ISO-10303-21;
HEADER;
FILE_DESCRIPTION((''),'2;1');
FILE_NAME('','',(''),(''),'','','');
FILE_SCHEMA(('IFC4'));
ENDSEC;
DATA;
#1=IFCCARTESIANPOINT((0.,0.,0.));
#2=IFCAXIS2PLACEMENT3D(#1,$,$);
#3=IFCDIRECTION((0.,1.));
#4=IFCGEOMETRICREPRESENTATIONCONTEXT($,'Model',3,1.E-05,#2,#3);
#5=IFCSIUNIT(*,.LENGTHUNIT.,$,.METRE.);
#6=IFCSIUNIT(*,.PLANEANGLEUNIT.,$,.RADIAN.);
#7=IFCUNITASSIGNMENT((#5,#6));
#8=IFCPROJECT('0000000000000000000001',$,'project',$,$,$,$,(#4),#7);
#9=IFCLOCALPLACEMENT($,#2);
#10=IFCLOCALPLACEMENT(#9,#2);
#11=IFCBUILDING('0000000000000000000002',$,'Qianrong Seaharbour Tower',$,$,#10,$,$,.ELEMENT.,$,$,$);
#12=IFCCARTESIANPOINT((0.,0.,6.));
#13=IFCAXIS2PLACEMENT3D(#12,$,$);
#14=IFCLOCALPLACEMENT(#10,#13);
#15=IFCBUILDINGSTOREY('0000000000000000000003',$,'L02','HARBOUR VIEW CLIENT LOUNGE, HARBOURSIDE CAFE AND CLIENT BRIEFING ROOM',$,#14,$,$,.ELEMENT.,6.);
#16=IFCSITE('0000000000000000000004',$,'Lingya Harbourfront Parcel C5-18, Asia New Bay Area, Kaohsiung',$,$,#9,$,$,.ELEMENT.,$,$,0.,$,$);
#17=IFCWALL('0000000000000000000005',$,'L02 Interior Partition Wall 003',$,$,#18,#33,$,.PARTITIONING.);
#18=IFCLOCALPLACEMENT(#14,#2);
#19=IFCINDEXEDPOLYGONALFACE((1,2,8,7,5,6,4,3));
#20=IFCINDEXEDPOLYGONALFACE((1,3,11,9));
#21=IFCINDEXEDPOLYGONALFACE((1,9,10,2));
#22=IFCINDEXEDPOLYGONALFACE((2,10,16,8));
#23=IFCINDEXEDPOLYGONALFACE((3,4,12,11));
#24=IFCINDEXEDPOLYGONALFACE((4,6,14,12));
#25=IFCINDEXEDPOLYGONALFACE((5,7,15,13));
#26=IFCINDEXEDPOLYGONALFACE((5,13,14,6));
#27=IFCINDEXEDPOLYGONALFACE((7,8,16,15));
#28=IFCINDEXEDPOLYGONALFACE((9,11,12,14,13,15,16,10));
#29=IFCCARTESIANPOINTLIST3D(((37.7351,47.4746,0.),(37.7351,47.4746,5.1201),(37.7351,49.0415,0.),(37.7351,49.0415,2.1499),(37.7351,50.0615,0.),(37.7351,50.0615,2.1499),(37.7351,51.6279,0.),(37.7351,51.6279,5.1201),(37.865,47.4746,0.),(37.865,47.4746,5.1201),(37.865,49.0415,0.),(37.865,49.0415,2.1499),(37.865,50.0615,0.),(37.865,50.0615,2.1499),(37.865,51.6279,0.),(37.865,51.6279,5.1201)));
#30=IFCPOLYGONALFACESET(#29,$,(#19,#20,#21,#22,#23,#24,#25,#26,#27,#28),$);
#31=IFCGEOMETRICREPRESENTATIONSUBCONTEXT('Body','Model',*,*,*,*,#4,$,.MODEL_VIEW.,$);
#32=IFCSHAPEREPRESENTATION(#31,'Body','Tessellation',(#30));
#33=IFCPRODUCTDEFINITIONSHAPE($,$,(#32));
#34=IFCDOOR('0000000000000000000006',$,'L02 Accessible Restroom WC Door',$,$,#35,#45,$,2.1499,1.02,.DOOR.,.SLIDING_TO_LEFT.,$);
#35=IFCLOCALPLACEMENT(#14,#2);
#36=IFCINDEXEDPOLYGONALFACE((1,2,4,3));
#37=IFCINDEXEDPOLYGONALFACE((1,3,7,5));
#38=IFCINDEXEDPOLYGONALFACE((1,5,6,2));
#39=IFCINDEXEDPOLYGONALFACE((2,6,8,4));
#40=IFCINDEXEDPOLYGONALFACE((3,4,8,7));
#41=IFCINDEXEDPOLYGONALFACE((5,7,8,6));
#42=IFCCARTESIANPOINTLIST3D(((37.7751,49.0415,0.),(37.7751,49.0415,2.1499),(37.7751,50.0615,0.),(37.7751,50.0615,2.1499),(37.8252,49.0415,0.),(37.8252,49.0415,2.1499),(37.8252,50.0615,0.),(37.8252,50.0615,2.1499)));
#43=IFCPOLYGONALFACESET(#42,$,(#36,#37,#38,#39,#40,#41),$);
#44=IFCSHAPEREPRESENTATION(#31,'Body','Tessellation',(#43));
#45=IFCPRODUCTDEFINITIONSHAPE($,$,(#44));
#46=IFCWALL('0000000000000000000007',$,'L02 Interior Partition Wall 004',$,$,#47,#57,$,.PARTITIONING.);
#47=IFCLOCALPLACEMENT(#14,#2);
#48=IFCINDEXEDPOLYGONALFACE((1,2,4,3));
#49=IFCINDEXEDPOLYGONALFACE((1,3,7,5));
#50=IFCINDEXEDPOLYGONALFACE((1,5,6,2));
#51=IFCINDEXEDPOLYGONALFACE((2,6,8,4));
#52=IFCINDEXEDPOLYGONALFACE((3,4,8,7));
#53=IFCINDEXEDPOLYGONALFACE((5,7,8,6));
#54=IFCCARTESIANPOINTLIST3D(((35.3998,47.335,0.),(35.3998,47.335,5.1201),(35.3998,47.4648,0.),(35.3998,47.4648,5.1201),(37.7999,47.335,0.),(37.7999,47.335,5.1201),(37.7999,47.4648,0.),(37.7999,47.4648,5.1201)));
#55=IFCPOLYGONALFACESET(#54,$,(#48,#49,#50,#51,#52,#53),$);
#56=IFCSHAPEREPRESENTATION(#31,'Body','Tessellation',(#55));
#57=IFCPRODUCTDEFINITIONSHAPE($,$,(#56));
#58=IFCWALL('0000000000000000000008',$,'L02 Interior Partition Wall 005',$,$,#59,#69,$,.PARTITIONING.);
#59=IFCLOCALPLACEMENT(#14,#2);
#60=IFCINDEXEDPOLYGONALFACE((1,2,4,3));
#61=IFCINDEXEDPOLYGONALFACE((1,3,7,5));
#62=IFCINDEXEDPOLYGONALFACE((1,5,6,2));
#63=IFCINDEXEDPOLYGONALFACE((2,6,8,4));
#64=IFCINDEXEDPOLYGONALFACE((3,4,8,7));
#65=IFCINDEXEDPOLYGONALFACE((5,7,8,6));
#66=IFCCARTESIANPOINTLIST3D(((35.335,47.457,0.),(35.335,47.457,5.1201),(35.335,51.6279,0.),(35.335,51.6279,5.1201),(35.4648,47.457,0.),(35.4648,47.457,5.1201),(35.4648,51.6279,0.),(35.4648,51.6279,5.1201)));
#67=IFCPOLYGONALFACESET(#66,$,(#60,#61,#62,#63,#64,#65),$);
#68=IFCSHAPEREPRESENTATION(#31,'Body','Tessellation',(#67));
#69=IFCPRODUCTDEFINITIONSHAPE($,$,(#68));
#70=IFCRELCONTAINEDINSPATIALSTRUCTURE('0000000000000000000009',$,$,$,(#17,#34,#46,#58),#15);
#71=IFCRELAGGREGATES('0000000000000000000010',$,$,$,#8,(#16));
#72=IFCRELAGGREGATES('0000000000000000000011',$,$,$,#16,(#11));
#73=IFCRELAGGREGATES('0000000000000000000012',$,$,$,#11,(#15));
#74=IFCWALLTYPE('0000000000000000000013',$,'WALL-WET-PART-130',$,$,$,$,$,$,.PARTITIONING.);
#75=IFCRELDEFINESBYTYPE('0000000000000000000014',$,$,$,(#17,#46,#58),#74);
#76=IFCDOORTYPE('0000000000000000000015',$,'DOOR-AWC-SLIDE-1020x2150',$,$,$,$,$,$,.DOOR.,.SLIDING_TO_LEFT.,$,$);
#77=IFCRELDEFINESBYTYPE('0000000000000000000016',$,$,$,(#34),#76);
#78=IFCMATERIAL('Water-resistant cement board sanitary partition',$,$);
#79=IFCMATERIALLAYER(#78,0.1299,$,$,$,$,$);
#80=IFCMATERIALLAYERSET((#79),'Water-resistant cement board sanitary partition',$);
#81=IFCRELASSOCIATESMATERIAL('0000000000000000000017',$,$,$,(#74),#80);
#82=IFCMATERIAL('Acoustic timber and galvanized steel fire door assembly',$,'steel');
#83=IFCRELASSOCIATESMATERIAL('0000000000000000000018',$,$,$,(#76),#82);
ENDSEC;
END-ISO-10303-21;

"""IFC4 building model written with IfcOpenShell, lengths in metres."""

from ifc_helpers import new_model, si_unit, direction, frame, frame_2d, origin, place, context, subcontext, project, spatial, rectangle, extrude, material, layer, layer_set, type_object, element, fill, save


model = new_model("IFC4")

# Units and contexts
model_context = context("Model", 3, precision=1e-05, world=origin(), true_north=direction((0.0, 1.0)))
body_context = subcontext(model_context, "Body", "Model", "MODEL_VIEW")
ifc_project = project(units=[si_unit("LENGTHUNIT", "METRE"), si_unit("PLANEANGLEUNIT", "RADIAN")], contexts=[model_context])

# Site, building, storey
site_placement = place(None, origin())
site = spatial("IfcSite", under=ifc_project, at=site_placement, Name="Lingya Harbourfront Parcel C5-18, Asia New Bay Area, Kaohsiung", CompositionType="ELEMENT", RefElevation=0.0)
building_placement = place(site_placement, origin())
building = spatial("IfcBuilding", under=site, at=building_placement, Name="Qianrong Seaharbour Tower", CompositionType="ELEMENT")
storey_placement = place(building_placement, frame((0.0, 0.0, 6.0)))
storey = spatial("IfcBuildingStorey", under=building, at=storey_placement, Name="L02", Description="HARBOUR VIEW CLIENT LOUNGE, HARBOURSIDE CAFE AND CLIENT BRIEFING ROOM", CompositionType="ELEMENT", Elevation=6.0)

# Shared definitions
ifc_material_1 = material(Name="Acoustic timber and galvanized steel fire door assembly", Category="steel")

# Wall, opening, door
ifc_material_2 = material(Name="Water-resistant cement board sanitary partition")
ifc_layer_1 = layer(ifc_material_2, 0.1299)
ifc_layer_set_1 = layer_set([ifc_layer_1], Name="Water-resistant cement board sanitary partition")
wall_type_1 = type_object("IfcWallType", Name="WALL-WET-PART-130", PredefinedType="PARTITIONING", material=ifc_layer_set_1)
wall_1_placement = place(storey_placement, frame((37.8, 47.4746, 0.0), z_axis=(0.0, 0.0, 1.0), x_axis=(0.0, 1.0, 0.0)))
wall_1 = element("IfcWall", 1, at=wall_1_placement, inside=storey, type_object=wall_type_1, Name="L02 Interior Partition Wall 003", PredefinedType="PARTITIONING", context=body_context, shape_type="SweptSolid", body=[
    extrude(rectangle(XDim=4.1533, YDim=0.1299, at=frame_2d((2.0767, 0.0))), origin(), (0.0, 0.0, 1.0), 5.1201),
])
opening_1_placement = place(wall_1_placement, frame((1.5669, 0.0, 0.0)))
opening_1 = element("IfcOpeningElement", 2, at=opening_1_placement, cuts=wall_1, PredefinedType="OPENING", context=body_context, shape_type="SweptSolid", body=[
    extrude(rectangle(XDim=1.02, YDim=2.1499, at=frame_2d((0.51, 1.075))), frame((0.0, 0.075, 0.0), z_axis=(0.0, -1.0, 0.0), x_axis=(1.0, 0.0, 0.0)), (0.0, 0.0, 1.0), 0.1499),
])
door_type_1 = type_object("IfcDoorType", Name="DOOR-AWC-SLIDE-1020x2150", OperationType="SLIDING_TO_LEFT", PredefinedType="DOOR", material=ifc_material_1)
door_1_placement = place(opening_1_placement, origin())
door_1 = element("IfcDoor", 3, at=door_1_placement, inside=storey, type_object=door_type_1, Name="L02 Accessible Restroom WC Door", OperationType="SLIDING_TO_LEFT", OverallHeight=2.1499, OverallWidth=1.02, PredefinedType="DOOR", context=body_context, shape_type="SweptSolid", body=[
    extrude(rectangle(XDim=1.02, YDim=2.1499, at=frame_2d((0.51, 1.075))), frame((0.0, 0.0249, 0.0), z_axis=(0.0, -1.0, 0.0), x_axis=(1.0, 0.0, 0.0)), (0.0, 0.0, 1.0), 0.05),
])
fill(opening_1, door_1)

# Walls
wall_2_placement = place(storey_placement, frame((37.8, 47.3999, 0.0), z_axis=(0.0, 0.0, 1.0), x_axis=(-1.0, 0.0, 0.0)))
element("IfcWall", 4, at=wall_2_placement, inside=storey, type_object=wall_type_1, Name="L02 Interior Partition Wall 004", PredefinedType="PARTITIONING", context=body_context, shape_type="SweptSolid", body=[
    extrude(rectangle(XDim=2.4001, YDim=0.1299, at=frame_2d((1.2002, 0.0))), origin(), (0.0, 0.0, 1.0), 5.1201),
])
wall_3_placement = place(storey_placement, frame((35.3999, 47.457, 0.0), z_axis=(0.0, 0.0, 1.0), x_axis=(0.0, 1.0, 0.0)))
element("IfcWall", 5, at=wall_3_placement, inside=storey, type_object=wall_type_1, Name="L02 Interior Partition Wall 005", PredefinedType="PARTITIONING", context=body_context, shape_type="SweptSolid", body=[
    extrude(rectangle(XDim=4.1709, YDim=0.1299, at=frame_2d((2.0854, 0.0))), origin(), (0.0, 0.0, 1.0), 5.1201),
])

save(model, "model.ifc")
